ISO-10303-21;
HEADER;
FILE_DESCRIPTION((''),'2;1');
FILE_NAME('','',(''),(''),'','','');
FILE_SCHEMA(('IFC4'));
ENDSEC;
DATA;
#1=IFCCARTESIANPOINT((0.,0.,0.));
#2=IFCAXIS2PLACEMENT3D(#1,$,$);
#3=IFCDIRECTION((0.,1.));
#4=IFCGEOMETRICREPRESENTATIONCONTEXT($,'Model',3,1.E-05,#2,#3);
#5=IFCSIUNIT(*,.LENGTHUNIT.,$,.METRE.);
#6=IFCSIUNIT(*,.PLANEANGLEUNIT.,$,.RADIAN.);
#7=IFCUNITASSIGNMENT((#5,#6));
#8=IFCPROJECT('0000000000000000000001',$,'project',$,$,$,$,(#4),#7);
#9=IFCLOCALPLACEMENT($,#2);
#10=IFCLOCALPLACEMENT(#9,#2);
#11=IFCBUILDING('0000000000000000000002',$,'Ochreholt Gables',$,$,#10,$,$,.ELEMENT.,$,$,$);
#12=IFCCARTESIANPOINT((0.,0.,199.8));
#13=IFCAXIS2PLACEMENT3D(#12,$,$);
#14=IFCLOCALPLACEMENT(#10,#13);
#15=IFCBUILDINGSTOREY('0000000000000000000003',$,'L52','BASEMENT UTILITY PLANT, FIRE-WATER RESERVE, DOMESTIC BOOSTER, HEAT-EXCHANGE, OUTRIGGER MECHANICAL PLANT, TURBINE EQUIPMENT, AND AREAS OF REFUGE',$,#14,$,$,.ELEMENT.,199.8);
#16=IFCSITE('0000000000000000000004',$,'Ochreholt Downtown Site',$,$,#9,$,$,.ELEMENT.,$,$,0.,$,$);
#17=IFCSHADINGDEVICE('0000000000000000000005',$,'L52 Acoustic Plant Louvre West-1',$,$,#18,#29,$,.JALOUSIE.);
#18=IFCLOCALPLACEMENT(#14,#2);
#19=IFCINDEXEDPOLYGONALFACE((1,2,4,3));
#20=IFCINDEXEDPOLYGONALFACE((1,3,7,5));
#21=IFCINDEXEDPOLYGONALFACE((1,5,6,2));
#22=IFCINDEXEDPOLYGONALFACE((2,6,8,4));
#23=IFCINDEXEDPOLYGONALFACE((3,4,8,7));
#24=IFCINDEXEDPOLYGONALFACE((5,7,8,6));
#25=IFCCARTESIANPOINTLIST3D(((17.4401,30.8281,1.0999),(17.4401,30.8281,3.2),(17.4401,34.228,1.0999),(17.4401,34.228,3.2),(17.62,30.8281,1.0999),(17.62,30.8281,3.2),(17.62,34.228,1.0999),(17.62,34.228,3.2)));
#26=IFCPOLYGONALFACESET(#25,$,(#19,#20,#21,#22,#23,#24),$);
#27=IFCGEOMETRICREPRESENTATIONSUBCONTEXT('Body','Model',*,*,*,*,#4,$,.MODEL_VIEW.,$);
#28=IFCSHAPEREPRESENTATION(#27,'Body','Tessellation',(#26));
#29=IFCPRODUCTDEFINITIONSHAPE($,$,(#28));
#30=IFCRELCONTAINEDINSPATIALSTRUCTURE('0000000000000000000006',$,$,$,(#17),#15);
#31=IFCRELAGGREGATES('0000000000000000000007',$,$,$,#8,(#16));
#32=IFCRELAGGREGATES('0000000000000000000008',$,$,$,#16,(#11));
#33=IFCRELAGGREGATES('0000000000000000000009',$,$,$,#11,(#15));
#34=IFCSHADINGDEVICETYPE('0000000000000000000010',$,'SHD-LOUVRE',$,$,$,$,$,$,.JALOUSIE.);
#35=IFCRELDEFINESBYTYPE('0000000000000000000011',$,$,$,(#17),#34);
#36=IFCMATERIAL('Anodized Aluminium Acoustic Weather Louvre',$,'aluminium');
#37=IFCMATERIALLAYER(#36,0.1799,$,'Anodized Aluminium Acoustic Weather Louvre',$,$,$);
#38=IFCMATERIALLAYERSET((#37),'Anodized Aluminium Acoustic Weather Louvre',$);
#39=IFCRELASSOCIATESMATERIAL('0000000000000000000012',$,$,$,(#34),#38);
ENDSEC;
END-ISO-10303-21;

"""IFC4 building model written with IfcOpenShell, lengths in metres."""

from ifc_helpers import new_model, si_unit, direction, frame, origin, origin_2d, place, context, subcontext, project, spatial, rectangle, extrude, material, layer, layer_set, type_object, element, save


model = new_model("IFC4")

# Units and contexts
model_context = context("Model", 3, precision=1e-05, world=origin(), true_north=direction((0.0, 1.0)))
body_context = subcontext(model_context, "Body", "Model", "MODEL_VIEW")
ifc_project = project(units=[si_unit("LENGTHUNIT", "METRE"), si_unit("PLANEANGLEUNIT", "RADIAN")], contexts=[model_context])

# Site, building, storey
site_placement = place(None, origin())
site = spatial("IfcSite", under=ifc_project, at=site_placement, Name="Ochreholt Downtown Site", CompositionType="ELEMENT", RefElevation=0.0)
building_placement = place(site_placement, origin())
building = spatial("IfcBuilding", under=site, at=building_placement, Name="Ochreholt Gables", CompositionType="ELEMENT")
storey_placement = place(building_placement, frame((0.0, 0.0, 199.8)))
storey = spatial("IfcBuildingStorey", under=building, at=storey_placement, Name="L52", Description="BASEMENT UTILITY PLANT, FIRE-WATER RESERVE, DOMESTIC BOOSTER, HEAT-EXCHANGE, OUTRIGGER MECHANICAL PLANT, TURBINE EQUIPMENT, AND AREAS OF REFUGE", CompositionType="ELEMENT", Elevation=199.8)

# Shading device
ifc_material_1 = material(Name="Anodized Aluminium Acoustic Weather Louvre", Category="aluminium")
ifc_layer_1 = layer(ifc_material_1, 0.1799, Name="Anodized Aluminium Acoustic Weather Louvre")
ifc_layer_set_1 = layer_set([ifc_layer_1], Name="Anodized Aluminium Acoustic Weather Louvre")
shading_device_type = type_object("IfcShadingDeviceType", Name="SHD-LOUVRE", PredefinedType="JALOUSIE", material=ifc_layer_set_1)
for number, where, z_axis, x_axis, name in (
    (1, (17.53, 32.5281, 1.0999), (0.0, 0.0, 1.0), (0.0, -1.0, 0.0), "L52 Acoustic Plant Louvre West-1"),
):
    element("IfcShadingDevice", number, at=place(storey_placement, frame(where, z_axis=z_axis, x_axis=x_axis)), inside=storey, type_object=shading_device_type, Name=name, PredefinedType="JALOUSIE", context=body_context, shape_type="SweptSolid", body=[
        extrude(rectangle(XDim=3.3999, YDim=0.1799, at=origin_2d()), origin(), (0.0, 0.0, 1.0), 2.1001),
    ])

save(model, "model.ifc")
